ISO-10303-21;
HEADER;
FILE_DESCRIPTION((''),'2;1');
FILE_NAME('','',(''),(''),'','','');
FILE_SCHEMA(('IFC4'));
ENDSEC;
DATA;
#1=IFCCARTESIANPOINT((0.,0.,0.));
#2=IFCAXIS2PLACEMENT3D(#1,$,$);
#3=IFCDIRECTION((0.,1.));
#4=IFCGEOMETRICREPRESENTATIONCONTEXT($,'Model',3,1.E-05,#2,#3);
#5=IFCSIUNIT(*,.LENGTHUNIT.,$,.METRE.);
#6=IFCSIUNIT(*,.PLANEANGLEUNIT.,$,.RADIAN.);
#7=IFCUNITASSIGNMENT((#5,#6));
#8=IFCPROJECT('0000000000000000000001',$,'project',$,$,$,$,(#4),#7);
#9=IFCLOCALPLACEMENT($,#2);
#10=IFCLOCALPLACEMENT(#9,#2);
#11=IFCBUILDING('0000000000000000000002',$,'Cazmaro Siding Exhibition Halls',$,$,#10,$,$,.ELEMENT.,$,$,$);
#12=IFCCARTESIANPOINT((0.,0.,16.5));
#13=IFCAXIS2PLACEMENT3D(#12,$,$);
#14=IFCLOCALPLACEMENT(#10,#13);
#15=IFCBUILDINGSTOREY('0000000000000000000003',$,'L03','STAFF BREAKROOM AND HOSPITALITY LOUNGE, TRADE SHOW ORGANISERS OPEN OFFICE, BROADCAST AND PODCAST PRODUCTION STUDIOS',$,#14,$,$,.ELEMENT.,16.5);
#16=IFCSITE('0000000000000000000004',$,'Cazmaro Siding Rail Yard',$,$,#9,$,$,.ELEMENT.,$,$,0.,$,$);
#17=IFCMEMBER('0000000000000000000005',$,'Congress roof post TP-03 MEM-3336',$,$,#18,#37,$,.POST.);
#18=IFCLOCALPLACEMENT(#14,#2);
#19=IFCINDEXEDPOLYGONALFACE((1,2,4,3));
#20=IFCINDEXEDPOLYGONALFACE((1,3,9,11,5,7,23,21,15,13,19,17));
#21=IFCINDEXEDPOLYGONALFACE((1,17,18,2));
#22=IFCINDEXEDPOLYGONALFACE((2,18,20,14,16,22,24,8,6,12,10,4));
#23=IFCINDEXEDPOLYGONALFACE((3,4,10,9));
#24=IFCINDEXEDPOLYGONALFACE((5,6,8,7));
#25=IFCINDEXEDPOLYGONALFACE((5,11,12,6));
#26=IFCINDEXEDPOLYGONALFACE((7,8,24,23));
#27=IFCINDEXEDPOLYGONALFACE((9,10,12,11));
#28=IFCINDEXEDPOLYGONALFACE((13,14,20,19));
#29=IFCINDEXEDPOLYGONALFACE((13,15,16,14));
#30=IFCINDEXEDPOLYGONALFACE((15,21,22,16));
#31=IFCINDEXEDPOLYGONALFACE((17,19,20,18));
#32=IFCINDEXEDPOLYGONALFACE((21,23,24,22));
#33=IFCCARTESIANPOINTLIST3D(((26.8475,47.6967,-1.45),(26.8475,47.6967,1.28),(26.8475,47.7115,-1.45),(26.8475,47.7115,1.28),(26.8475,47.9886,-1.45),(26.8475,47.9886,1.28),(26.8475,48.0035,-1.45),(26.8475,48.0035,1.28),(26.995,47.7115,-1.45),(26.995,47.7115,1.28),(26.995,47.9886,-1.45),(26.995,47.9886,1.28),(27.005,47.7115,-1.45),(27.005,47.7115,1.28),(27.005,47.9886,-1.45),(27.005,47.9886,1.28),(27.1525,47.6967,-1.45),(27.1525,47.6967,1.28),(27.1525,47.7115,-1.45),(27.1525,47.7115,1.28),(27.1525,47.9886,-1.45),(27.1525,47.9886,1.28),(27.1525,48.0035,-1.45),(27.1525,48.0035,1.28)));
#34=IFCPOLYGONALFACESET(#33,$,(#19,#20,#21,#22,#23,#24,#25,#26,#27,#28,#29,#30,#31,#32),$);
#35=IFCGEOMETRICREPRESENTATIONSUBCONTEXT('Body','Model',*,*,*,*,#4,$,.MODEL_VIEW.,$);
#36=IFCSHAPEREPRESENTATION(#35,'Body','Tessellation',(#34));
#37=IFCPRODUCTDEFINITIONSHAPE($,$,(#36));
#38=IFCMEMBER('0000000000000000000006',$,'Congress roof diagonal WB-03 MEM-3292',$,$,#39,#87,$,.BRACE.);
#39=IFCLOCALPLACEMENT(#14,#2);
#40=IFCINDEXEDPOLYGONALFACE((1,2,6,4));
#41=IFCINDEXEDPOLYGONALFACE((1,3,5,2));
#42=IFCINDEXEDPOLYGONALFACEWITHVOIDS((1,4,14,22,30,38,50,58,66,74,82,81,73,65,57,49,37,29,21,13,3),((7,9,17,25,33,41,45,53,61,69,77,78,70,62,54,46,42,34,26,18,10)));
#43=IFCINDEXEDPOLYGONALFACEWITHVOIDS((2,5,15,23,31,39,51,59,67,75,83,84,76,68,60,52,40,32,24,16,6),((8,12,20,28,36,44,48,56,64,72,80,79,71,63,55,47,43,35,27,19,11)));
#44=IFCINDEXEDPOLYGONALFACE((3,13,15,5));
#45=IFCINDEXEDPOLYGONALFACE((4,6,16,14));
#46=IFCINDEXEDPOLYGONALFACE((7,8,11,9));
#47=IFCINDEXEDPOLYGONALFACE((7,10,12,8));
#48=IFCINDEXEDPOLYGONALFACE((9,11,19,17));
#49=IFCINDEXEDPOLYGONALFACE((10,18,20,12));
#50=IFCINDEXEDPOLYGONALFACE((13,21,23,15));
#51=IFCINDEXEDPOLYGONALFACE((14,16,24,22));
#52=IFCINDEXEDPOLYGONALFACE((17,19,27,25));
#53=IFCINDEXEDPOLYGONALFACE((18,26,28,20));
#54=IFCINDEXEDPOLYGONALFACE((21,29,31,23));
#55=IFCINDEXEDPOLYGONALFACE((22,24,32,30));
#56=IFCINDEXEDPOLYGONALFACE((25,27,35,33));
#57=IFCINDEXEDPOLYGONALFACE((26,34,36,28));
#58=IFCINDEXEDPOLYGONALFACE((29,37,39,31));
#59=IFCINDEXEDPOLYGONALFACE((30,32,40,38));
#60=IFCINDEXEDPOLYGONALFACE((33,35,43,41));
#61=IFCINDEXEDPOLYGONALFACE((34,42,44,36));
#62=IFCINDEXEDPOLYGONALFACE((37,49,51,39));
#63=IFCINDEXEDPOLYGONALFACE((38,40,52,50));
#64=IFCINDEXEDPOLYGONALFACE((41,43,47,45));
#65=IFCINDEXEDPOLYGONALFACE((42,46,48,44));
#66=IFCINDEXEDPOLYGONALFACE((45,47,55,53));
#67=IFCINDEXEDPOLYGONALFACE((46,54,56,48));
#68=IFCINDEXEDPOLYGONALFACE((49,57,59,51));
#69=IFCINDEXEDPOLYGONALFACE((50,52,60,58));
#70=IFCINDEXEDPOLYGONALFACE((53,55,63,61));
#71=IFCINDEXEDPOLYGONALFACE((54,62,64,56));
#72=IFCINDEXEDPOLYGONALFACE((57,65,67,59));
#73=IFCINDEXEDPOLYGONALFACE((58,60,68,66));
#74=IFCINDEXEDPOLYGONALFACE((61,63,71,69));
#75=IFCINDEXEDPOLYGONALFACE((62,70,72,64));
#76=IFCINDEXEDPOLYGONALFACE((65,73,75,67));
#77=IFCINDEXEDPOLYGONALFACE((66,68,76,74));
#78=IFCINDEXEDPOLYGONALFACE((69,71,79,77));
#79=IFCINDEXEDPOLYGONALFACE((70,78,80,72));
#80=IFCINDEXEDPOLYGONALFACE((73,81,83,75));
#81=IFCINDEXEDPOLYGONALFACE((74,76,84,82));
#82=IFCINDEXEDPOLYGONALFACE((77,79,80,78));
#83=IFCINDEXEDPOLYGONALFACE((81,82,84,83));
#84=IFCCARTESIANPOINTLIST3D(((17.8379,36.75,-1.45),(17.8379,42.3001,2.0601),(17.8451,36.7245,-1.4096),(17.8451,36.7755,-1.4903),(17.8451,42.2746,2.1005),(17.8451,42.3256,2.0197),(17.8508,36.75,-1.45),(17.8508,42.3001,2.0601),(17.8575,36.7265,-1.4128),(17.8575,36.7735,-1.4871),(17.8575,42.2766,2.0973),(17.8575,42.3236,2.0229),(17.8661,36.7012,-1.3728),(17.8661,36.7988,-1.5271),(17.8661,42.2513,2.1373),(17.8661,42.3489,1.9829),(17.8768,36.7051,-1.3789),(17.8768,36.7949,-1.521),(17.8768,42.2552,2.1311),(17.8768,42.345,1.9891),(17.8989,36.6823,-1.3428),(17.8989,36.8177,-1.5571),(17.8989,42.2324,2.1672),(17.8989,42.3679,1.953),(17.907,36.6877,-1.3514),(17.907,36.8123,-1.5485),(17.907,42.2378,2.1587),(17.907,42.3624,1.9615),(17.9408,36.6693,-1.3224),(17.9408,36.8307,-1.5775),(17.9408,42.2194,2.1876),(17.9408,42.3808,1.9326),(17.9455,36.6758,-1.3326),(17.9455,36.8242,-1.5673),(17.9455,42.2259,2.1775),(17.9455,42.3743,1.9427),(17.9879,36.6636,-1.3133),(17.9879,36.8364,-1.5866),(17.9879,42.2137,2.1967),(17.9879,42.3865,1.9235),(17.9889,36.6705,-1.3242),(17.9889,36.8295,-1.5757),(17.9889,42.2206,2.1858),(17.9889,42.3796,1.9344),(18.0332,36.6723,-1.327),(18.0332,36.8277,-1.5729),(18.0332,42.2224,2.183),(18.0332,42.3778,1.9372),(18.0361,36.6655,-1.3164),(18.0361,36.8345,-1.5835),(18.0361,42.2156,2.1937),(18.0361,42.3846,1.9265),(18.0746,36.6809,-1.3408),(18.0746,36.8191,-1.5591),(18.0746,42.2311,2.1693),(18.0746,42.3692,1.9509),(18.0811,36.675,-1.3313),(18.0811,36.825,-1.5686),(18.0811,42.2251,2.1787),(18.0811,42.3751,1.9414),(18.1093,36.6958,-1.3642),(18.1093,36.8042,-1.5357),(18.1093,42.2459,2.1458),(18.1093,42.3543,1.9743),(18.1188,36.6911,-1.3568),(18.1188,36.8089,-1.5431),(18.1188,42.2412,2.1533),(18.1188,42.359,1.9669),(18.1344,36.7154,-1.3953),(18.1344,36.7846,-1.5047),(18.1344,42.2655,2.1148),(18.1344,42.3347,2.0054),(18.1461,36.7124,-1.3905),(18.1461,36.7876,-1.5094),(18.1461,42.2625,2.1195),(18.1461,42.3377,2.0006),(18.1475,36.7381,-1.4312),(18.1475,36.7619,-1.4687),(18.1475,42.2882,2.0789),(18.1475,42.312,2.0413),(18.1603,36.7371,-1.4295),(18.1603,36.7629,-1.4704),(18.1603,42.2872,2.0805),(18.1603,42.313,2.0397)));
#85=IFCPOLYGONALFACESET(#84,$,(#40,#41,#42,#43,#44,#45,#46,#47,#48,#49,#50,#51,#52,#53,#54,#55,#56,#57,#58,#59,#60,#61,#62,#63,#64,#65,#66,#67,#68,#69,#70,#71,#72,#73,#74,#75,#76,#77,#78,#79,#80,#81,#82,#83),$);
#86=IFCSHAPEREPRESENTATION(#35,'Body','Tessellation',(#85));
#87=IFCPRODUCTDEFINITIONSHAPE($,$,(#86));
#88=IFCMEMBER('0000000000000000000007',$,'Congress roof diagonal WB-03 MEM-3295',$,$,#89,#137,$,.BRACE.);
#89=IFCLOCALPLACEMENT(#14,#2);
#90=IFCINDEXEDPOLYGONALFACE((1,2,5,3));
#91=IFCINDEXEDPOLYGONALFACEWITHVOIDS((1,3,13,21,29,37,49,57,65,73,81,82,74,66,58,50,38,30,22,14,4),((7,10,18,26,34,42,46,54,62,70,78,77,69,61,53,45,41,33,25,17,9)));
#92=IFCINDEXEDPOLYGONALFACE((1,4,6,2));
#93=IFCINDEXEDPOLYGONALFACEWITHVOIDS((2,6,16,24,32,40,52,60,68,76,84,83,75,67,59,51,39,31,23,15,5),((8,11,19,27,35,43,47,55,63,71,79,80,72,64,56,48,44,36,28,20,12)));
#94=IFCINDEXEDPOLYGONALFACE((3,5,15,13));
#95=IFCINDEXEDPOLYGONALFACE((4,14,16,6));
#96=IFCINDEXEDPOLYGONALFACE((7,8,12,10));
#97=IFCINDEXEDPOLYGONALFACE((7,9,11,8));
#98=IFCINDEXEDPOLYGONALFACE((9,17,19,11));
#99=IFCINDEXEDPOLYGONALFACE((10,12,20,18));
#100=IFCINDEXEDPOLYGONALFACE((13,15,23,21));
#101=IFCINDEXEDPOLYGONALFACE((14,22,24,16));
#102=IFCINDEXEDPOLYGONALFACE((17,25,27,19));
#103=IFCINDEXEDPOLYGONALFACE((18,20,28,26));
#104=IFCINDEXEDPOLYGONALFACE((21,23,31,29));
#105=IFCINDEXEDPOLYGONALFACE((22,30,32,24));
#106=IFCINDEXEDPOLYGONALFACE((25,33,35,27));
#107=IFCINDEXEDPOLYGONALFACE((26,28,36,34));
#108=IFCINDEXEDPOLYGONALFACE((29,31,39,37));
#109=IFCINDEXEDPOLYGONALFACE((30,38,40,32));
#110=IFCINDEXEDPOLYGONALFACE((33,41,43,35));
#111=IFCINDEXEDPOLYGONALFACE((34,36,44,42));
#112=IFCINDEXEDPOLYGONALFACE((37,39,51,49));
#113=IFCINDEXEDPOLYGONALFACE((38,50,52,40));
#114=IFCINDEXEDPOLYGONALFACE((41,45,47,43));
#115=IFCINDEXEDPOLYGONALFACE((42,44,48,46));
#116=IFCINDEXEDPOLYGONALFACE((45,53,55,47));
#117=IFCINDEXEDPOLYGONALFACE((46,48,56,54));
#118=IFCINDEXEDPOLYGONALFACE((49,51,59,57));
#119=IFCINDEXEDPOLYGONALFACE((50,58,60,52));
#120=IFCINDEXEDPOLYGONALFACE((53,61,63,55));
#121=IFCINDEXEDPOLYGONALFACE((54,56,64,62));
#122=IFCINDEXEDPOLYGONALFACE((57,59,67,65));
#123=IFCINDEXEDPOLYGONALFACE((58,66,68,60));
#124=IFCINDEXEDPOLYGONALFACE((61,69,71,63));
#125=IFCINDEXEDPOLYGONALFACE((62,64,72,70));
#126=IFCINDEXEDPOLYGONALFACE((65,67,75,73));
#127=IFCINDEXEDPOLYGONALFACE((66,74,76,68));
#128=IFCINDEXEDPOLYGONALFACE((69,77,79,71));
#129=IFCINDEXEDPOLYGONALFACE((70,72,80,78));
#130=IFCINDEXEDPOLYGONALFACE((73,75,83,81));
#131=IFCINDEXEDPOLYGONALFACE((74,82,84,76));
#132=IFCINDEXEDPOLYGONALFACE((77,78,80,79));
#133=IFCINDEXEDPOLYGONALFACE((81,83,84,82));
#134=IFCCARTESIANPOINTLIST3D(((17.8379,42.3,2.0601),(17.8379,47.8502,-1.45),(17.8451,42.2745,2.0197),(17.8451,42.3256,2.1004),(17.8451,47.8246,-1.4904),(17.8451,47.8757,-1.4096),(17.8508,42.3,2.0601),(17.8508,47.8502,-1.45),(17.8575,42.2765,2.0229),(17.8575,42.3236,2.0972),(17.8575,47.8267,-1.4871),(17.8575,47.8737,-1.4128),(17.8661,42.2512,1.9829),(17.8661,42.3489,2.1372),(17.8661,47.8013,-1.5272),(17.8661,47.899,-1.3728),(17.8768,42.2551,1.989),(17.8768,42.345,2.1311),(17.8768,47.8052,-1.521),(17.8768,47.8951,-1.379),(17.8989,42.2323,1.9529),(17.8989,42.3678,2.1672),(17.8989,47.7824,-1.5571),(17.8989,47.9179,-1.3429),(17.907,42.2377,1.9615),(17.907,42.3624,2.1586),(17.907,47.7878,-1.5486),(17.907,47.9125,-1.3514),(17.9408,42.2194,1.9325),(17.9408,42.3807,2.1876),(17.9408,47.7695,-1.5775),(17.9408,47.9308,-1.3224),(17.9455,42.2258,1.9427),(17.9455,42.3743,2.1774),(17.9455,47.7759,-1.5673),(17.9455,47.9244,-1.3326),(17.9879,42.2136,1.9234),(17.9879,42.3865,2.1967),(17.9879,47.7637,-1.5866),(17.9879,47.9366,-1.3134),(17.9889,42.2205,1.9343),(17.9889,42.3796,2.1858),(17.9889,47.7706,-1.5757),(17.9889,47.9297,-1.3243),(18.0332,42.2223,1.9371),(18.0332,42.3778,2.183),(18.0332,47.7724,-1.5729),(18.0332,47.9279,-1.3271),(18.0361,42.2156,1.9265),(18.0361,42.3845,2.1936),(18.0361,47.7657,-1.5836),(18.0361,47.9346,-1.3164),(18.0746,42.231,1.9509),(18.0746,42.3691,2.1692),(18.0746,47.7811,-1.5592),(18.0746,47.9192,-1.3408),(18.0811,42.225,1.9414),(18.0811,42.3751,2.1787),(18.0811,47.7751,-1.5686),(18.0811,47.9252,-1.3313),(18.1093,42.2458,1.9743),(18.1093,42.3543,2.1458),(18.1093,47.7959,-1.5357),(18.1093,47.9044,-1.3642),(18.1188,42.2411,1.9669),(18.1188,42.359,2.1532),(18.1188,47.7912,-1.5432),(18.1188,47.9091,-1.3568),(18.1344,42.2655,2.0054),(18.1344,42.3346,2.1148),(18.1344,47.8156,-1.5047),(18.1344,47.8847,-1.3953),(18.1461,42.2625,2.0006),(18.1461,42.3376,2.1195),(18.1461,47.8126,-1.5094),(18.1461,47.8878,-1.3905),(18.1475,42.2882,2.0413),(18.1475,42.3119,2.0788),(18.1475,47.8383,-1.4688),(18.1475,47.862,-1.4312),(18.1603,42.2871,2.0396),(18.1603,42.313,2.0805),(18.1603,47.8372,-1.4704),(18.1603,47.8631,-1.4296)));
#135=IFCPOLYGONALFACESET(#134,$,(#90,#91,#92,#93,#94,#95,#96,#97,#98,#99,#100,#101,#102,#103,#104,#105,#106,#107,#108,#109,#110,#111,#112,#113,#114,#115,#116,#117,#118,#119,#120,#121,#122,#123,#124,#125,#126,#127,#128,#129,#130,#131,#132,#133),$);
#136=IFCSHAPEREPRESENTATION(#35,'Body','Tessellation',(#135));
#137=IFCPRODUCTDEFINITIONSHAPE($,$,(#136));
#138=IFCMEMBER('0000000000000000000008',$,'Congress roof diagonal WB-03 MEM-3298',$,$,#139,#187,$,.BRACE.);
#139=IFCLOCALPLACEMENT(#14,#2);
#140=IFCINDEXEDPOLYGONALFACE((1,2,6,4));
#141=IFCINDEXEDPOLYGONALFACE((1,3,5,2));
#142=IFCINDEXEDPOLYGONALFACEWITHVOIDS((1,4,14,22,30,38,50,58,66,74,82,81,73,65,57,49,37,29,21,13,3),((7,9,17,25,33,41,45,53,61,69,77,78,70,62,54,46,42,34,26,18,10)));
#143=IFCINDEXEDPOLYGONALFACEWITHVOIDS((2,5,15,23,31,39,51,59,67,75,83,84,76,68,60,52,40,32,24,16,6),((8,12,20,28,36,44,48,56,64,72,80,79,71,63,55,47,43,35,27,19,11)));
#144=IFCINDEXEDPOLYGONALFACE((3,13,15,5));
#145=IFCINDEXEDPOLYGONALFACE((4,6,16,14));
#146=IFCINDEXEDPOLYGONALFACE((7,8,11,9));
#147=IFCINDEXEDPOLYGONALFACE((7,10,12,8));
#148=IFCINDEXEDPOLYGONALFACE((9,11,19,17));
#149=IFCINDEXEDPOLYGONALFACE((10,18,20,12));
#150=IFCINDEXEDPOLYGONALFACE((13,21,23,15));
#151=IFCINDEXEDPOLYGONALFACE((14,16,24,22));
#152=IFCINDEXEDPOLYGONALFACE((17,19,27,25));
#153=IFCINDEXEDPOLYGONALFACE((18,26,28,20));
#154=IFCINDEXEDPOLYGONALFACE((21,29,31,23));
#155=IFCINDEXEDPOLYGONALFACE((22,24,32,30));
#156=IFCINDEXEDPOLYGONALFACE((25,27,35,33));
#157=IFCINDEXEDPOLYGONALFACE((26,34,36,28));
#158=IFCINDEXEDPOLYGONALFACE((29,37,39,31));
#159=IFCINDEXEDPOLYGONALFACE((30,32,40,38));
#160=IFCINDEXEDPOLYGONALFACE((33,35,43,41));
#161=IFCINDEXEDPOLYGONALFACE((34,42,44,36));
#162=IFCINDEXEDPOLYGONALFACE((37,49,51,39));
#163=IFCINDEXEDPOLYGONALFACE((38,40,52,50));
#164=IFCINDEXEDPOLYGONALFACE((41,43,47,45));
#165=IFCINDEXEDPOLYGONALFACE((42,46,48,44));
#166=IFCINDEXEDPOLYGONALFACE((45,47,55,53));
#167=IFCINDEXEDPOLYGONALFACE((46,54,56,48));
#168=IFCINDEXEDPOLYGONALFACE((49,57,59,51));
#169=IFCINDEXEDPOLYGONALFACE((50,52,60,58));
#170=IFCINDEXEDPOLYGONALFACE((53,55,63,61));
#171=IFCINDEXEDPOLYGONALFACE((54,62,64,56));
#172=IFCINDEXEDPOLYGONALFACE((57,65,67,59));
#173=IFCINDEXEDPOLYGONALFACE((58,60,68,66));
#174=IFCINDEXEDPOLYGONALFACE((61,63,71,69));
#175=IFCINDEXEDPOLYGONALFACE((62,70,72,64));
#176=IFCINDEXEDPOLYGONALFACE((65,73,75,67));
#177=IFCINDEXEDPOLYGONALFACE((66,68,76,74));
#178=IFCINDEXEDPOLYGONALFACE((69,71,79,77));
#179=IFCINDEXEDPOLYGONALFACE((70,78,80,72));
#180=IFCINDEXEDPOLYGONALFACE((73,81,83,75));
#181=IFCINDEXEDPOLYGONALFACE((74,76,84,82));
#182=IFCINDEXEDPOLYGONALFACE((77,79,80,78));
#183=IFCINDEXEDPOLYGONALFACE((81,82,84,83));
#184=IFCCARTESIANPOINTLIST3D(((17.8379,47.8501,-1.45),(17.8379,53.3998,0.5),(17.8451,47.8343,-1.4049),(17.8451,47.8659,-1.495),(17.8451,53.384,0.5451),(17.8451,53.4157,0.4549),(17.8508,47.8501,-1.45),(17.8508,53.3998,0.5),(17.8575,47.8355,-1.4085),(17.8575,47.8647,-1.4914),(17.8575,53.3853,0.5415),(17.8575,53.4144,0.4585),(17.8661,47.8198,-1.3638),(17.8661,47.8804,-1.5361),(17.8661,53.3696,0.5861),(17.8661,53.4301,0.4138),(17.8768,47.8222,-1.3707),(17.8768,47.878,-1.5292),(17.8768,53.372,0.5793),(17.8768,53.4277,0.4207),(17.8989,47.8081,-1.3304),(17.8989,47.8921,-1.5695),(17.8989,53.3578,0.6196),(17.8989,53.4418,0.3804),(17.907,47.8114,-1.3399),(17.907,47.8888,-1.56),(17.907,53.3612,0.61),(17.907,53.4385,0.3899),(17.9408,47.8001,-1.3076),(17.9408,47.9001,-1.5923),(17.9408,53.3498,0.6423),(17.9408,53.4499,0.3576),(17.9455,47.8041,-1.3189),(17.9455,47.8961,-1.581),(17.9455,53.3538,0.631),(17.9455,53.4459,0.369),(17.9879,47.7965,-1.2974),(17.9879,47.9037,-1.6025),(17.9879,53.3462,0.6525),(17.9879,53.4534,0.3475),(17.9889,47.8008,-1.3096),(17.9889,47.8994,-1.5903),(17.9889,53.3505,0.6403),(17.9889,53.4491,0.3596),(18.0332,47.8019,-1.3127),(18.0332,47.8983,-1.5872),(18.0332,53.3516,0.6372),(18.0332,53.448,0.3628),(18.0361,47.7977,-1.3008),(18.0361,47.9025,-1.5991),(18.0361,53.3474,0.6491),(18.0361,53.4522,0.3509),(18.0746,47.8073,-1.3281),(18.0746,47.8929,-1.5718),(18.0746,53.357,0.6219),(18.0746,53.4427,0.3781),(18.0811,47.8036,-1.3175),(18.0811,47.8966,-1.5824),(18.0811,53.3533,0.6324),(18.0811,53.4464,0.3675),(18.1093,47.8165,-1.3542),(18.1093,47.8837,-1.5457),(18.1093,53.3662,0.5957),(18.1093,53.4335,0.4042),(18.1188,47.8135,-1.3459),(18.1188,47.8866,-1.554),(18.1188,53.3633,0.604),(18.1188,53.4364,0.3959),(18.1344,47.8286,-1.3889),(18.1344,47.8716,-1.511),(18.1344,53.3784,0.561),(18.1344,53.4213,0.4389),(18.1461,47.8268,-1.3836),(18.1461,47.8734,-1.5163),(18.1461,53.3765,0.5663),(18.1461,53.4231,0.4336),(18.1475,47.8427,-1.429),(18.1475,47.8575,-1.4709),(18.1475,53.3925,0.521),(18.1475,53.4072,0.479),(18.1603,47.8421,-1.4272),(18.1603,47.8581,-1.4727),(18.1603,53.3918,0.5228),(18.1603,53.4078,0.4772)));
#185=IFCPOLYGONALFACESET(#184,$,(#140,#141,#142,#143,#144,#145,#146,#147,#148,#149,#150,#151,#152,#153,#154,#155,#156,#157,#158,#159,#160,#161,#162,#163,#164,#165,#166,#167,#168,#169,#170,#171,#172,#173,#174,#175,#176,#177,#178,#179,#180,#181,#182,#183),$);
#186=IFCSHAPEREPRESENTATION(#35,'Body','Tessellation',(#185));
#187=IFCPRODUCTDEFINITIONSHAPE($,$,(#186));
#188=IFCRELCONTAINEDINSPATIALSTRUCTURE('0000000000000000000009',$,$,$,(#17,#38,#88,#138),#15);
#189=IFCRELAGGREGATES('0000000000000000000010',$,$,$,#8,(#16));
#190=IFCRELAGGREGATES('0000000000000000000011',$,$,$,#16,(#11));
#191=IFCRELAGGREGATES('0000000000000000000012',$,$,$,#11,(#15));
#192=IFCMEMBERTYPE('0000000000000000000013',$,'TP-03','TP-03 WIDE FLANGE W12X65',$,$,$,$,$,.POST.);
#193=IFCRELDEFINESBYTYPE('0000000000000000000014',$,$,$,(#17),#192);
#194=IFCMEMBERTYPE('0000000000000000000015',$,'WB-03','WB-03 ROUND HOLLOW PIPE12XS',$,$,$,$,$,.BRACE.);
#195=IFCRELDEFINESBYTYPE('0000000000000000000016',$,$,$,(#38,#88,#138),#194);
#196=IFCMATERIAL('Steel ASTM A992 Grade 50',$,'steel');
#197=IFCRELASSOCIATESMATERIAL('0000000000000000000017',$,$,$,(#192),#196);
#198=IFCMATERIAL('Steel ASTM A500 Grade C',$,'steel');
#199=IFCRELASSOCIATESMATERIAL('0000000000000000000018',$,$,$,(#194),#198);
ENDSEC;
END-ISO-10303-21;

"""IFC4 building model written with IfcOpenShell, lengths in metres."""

from ifc_helpers import new_model, si_unit, direction, frame, origin, origin_2d, place, context, subcontext, project, spatial, hollow_circle, i_section, extrude, material, material_profile, profile_set, type_object, element, save


model = new_model("IFC4")

# Units and contexts
model_context = context("Model", 3, precision=1e-05, world=origin(), true_north=direction((0.0, 1.0)))
body_context = subcontext(model_context, "Body", "Model", "MODEL_VIEW")
ifc_project = project(units=[si_unit("LENGTHUNIT", "METRE"), si_unit("PLANEANGLEUNIT", "RADIAN")], contexts=[model_context])

# Site, building, storey
site_placement = place(None, origin())
site = spatial("IfcSite", under=ifc_project, at=site_placement, Name="Cazmaro Siding Rail Yard", CompositionType="ELEMENT", RefElevation=0.0)
building_placement = place(site_placement, origin())
building = spatial("IfcBuilding", under=site, at=building_placement, Name="Cazmaro Siding Exhibition Halls", CompositionType="ELEMENT")
storey_placement = place(building_placement, frame((0.0, 0.0, 16.5)))
storey = spatial("IfcBuildingStorey", under=building, at=storey_placement, Name="L03", Description="STAFF BREAKROOM AND HOSPITALITY LOUNGE, TRADE SHOW ORGANISERS OPEN OFFICE, BROADCAST AND PODCAST PRODUCTION STUDIOS", CompositionType="ELEMENT", Elevation=16.5)

# Members
ifc_material_1 = material(Name="Steel ASTM A992 Grade 50", Category="steel")
ifc_material_profile_1 = material_profile(ifc_material_1, i_section(OverallWidth=0.3049, OverallDepth=0.3069, WebThickness=0.01, FlangeThickness=0.0149, at=origin_2d()), Name="W12X65")
ifc_profile_set_1 = profile_set([ifc_material_profile_1], Name="Steel ASTM A992 Grade 50")
member_type_1 = type_object("IfcMemberType", Name="TP-03", Description="TP-03 WIDE FLANGE W12X65", PredefinedType="POST", material=ifc_profile_set_1)
member_1_placement = place(storey_placement, frame((27.0, 47.8501, -1.45), z_axis=(0.0, 0.0, 1.0), x_axis=(1.0, 0.0, 0.0)))
element("IfcMember", 1, at=member_1_placement, inside=storey, type_object=member_type_1, Name="Congress roof post TP-03 MEM-3336", PredefinedType="POST", context=body_context, shape_type="SweptSolid", body=[
    extrude(i_section(OverallWidth=0.3049, OverallDepth=0.3069, WebThickness=0.01, FlangeThickness=0.0149, at=origin_2d()), origin(), (0.0, 0.0, 1.0), 2.73),
])
ifc_material_2 = material(Name="Steel ASTM A500 Grade C", Category="steel")
ifc_material_profile_2 = material_profile(ifc_material_2, hollow_circle(Radius=0.1621, WallThickness=0.0129, at=origin_2d()), Name="PIPE12XS")
ifc_profile_set_2 = profile_set([ifc_material_profile_2], Name="Steel ASTM A500 Grade C")
member_type_2 = type_object("IfcMemberType", Name="WB-03", Description="WB-03 ROUND HOLLOW PIPE12XS", PredefinedType="BRACE", material=ifc_profile_set_2)
for number, where, z_axis, x_axis, name in (
    (2, (18.0, 36.75, -1.45), (0.0, 0.845165, 0.534506), (-1.0, 0.0, 0.0), "Congress roof diagonal WB-03 MEM-3292"),
    (3, (18.0, 42.3, 2.0601), (0.0, 0.845165, -0.534506), (-1.0, 0.0, 0.0), "Congress roof diagonal WB-03 MEM-3295"),
):
    element("IfcMember", number, at=place(storey_placement, frame(where, z_axis=z_axis, x_axis=x_axis)), inside=storey, type_object=member_type_2, Name=name, PredefinedType="BRACE", context=body_context, shape_type="SweptSolid", body=[
        extrude(hollow_circle(Radius=0.1621, WallThickness=0.0129, at=origin_2d()), origin(), (0.0, 0.0, 1.0), 6.5669),
    ])
member_2_placement = place(storey_placement, frame((18.0, 47.8501, -1.45), z_axis=(0.0, 0.943459, 0.331489), x_axis=(-1.0, 0.0, 0.0)))
element("IfcMember", 4, at=member_2_placement, inside=storey, type_object=member_type_2, Name="Congress roof diagonal WB-03 MEM-3298", PredefinedType="BRACE", context=body_context, shape_type="SweptSolid", body=[
    extrude(hollow_circle(Radius=0.1621, WallThickness=0.0129, at=origin_2d()), origin(), (0.0, 0.0, 1.0), 5.8823),
])

save(model, "model.ifc")
